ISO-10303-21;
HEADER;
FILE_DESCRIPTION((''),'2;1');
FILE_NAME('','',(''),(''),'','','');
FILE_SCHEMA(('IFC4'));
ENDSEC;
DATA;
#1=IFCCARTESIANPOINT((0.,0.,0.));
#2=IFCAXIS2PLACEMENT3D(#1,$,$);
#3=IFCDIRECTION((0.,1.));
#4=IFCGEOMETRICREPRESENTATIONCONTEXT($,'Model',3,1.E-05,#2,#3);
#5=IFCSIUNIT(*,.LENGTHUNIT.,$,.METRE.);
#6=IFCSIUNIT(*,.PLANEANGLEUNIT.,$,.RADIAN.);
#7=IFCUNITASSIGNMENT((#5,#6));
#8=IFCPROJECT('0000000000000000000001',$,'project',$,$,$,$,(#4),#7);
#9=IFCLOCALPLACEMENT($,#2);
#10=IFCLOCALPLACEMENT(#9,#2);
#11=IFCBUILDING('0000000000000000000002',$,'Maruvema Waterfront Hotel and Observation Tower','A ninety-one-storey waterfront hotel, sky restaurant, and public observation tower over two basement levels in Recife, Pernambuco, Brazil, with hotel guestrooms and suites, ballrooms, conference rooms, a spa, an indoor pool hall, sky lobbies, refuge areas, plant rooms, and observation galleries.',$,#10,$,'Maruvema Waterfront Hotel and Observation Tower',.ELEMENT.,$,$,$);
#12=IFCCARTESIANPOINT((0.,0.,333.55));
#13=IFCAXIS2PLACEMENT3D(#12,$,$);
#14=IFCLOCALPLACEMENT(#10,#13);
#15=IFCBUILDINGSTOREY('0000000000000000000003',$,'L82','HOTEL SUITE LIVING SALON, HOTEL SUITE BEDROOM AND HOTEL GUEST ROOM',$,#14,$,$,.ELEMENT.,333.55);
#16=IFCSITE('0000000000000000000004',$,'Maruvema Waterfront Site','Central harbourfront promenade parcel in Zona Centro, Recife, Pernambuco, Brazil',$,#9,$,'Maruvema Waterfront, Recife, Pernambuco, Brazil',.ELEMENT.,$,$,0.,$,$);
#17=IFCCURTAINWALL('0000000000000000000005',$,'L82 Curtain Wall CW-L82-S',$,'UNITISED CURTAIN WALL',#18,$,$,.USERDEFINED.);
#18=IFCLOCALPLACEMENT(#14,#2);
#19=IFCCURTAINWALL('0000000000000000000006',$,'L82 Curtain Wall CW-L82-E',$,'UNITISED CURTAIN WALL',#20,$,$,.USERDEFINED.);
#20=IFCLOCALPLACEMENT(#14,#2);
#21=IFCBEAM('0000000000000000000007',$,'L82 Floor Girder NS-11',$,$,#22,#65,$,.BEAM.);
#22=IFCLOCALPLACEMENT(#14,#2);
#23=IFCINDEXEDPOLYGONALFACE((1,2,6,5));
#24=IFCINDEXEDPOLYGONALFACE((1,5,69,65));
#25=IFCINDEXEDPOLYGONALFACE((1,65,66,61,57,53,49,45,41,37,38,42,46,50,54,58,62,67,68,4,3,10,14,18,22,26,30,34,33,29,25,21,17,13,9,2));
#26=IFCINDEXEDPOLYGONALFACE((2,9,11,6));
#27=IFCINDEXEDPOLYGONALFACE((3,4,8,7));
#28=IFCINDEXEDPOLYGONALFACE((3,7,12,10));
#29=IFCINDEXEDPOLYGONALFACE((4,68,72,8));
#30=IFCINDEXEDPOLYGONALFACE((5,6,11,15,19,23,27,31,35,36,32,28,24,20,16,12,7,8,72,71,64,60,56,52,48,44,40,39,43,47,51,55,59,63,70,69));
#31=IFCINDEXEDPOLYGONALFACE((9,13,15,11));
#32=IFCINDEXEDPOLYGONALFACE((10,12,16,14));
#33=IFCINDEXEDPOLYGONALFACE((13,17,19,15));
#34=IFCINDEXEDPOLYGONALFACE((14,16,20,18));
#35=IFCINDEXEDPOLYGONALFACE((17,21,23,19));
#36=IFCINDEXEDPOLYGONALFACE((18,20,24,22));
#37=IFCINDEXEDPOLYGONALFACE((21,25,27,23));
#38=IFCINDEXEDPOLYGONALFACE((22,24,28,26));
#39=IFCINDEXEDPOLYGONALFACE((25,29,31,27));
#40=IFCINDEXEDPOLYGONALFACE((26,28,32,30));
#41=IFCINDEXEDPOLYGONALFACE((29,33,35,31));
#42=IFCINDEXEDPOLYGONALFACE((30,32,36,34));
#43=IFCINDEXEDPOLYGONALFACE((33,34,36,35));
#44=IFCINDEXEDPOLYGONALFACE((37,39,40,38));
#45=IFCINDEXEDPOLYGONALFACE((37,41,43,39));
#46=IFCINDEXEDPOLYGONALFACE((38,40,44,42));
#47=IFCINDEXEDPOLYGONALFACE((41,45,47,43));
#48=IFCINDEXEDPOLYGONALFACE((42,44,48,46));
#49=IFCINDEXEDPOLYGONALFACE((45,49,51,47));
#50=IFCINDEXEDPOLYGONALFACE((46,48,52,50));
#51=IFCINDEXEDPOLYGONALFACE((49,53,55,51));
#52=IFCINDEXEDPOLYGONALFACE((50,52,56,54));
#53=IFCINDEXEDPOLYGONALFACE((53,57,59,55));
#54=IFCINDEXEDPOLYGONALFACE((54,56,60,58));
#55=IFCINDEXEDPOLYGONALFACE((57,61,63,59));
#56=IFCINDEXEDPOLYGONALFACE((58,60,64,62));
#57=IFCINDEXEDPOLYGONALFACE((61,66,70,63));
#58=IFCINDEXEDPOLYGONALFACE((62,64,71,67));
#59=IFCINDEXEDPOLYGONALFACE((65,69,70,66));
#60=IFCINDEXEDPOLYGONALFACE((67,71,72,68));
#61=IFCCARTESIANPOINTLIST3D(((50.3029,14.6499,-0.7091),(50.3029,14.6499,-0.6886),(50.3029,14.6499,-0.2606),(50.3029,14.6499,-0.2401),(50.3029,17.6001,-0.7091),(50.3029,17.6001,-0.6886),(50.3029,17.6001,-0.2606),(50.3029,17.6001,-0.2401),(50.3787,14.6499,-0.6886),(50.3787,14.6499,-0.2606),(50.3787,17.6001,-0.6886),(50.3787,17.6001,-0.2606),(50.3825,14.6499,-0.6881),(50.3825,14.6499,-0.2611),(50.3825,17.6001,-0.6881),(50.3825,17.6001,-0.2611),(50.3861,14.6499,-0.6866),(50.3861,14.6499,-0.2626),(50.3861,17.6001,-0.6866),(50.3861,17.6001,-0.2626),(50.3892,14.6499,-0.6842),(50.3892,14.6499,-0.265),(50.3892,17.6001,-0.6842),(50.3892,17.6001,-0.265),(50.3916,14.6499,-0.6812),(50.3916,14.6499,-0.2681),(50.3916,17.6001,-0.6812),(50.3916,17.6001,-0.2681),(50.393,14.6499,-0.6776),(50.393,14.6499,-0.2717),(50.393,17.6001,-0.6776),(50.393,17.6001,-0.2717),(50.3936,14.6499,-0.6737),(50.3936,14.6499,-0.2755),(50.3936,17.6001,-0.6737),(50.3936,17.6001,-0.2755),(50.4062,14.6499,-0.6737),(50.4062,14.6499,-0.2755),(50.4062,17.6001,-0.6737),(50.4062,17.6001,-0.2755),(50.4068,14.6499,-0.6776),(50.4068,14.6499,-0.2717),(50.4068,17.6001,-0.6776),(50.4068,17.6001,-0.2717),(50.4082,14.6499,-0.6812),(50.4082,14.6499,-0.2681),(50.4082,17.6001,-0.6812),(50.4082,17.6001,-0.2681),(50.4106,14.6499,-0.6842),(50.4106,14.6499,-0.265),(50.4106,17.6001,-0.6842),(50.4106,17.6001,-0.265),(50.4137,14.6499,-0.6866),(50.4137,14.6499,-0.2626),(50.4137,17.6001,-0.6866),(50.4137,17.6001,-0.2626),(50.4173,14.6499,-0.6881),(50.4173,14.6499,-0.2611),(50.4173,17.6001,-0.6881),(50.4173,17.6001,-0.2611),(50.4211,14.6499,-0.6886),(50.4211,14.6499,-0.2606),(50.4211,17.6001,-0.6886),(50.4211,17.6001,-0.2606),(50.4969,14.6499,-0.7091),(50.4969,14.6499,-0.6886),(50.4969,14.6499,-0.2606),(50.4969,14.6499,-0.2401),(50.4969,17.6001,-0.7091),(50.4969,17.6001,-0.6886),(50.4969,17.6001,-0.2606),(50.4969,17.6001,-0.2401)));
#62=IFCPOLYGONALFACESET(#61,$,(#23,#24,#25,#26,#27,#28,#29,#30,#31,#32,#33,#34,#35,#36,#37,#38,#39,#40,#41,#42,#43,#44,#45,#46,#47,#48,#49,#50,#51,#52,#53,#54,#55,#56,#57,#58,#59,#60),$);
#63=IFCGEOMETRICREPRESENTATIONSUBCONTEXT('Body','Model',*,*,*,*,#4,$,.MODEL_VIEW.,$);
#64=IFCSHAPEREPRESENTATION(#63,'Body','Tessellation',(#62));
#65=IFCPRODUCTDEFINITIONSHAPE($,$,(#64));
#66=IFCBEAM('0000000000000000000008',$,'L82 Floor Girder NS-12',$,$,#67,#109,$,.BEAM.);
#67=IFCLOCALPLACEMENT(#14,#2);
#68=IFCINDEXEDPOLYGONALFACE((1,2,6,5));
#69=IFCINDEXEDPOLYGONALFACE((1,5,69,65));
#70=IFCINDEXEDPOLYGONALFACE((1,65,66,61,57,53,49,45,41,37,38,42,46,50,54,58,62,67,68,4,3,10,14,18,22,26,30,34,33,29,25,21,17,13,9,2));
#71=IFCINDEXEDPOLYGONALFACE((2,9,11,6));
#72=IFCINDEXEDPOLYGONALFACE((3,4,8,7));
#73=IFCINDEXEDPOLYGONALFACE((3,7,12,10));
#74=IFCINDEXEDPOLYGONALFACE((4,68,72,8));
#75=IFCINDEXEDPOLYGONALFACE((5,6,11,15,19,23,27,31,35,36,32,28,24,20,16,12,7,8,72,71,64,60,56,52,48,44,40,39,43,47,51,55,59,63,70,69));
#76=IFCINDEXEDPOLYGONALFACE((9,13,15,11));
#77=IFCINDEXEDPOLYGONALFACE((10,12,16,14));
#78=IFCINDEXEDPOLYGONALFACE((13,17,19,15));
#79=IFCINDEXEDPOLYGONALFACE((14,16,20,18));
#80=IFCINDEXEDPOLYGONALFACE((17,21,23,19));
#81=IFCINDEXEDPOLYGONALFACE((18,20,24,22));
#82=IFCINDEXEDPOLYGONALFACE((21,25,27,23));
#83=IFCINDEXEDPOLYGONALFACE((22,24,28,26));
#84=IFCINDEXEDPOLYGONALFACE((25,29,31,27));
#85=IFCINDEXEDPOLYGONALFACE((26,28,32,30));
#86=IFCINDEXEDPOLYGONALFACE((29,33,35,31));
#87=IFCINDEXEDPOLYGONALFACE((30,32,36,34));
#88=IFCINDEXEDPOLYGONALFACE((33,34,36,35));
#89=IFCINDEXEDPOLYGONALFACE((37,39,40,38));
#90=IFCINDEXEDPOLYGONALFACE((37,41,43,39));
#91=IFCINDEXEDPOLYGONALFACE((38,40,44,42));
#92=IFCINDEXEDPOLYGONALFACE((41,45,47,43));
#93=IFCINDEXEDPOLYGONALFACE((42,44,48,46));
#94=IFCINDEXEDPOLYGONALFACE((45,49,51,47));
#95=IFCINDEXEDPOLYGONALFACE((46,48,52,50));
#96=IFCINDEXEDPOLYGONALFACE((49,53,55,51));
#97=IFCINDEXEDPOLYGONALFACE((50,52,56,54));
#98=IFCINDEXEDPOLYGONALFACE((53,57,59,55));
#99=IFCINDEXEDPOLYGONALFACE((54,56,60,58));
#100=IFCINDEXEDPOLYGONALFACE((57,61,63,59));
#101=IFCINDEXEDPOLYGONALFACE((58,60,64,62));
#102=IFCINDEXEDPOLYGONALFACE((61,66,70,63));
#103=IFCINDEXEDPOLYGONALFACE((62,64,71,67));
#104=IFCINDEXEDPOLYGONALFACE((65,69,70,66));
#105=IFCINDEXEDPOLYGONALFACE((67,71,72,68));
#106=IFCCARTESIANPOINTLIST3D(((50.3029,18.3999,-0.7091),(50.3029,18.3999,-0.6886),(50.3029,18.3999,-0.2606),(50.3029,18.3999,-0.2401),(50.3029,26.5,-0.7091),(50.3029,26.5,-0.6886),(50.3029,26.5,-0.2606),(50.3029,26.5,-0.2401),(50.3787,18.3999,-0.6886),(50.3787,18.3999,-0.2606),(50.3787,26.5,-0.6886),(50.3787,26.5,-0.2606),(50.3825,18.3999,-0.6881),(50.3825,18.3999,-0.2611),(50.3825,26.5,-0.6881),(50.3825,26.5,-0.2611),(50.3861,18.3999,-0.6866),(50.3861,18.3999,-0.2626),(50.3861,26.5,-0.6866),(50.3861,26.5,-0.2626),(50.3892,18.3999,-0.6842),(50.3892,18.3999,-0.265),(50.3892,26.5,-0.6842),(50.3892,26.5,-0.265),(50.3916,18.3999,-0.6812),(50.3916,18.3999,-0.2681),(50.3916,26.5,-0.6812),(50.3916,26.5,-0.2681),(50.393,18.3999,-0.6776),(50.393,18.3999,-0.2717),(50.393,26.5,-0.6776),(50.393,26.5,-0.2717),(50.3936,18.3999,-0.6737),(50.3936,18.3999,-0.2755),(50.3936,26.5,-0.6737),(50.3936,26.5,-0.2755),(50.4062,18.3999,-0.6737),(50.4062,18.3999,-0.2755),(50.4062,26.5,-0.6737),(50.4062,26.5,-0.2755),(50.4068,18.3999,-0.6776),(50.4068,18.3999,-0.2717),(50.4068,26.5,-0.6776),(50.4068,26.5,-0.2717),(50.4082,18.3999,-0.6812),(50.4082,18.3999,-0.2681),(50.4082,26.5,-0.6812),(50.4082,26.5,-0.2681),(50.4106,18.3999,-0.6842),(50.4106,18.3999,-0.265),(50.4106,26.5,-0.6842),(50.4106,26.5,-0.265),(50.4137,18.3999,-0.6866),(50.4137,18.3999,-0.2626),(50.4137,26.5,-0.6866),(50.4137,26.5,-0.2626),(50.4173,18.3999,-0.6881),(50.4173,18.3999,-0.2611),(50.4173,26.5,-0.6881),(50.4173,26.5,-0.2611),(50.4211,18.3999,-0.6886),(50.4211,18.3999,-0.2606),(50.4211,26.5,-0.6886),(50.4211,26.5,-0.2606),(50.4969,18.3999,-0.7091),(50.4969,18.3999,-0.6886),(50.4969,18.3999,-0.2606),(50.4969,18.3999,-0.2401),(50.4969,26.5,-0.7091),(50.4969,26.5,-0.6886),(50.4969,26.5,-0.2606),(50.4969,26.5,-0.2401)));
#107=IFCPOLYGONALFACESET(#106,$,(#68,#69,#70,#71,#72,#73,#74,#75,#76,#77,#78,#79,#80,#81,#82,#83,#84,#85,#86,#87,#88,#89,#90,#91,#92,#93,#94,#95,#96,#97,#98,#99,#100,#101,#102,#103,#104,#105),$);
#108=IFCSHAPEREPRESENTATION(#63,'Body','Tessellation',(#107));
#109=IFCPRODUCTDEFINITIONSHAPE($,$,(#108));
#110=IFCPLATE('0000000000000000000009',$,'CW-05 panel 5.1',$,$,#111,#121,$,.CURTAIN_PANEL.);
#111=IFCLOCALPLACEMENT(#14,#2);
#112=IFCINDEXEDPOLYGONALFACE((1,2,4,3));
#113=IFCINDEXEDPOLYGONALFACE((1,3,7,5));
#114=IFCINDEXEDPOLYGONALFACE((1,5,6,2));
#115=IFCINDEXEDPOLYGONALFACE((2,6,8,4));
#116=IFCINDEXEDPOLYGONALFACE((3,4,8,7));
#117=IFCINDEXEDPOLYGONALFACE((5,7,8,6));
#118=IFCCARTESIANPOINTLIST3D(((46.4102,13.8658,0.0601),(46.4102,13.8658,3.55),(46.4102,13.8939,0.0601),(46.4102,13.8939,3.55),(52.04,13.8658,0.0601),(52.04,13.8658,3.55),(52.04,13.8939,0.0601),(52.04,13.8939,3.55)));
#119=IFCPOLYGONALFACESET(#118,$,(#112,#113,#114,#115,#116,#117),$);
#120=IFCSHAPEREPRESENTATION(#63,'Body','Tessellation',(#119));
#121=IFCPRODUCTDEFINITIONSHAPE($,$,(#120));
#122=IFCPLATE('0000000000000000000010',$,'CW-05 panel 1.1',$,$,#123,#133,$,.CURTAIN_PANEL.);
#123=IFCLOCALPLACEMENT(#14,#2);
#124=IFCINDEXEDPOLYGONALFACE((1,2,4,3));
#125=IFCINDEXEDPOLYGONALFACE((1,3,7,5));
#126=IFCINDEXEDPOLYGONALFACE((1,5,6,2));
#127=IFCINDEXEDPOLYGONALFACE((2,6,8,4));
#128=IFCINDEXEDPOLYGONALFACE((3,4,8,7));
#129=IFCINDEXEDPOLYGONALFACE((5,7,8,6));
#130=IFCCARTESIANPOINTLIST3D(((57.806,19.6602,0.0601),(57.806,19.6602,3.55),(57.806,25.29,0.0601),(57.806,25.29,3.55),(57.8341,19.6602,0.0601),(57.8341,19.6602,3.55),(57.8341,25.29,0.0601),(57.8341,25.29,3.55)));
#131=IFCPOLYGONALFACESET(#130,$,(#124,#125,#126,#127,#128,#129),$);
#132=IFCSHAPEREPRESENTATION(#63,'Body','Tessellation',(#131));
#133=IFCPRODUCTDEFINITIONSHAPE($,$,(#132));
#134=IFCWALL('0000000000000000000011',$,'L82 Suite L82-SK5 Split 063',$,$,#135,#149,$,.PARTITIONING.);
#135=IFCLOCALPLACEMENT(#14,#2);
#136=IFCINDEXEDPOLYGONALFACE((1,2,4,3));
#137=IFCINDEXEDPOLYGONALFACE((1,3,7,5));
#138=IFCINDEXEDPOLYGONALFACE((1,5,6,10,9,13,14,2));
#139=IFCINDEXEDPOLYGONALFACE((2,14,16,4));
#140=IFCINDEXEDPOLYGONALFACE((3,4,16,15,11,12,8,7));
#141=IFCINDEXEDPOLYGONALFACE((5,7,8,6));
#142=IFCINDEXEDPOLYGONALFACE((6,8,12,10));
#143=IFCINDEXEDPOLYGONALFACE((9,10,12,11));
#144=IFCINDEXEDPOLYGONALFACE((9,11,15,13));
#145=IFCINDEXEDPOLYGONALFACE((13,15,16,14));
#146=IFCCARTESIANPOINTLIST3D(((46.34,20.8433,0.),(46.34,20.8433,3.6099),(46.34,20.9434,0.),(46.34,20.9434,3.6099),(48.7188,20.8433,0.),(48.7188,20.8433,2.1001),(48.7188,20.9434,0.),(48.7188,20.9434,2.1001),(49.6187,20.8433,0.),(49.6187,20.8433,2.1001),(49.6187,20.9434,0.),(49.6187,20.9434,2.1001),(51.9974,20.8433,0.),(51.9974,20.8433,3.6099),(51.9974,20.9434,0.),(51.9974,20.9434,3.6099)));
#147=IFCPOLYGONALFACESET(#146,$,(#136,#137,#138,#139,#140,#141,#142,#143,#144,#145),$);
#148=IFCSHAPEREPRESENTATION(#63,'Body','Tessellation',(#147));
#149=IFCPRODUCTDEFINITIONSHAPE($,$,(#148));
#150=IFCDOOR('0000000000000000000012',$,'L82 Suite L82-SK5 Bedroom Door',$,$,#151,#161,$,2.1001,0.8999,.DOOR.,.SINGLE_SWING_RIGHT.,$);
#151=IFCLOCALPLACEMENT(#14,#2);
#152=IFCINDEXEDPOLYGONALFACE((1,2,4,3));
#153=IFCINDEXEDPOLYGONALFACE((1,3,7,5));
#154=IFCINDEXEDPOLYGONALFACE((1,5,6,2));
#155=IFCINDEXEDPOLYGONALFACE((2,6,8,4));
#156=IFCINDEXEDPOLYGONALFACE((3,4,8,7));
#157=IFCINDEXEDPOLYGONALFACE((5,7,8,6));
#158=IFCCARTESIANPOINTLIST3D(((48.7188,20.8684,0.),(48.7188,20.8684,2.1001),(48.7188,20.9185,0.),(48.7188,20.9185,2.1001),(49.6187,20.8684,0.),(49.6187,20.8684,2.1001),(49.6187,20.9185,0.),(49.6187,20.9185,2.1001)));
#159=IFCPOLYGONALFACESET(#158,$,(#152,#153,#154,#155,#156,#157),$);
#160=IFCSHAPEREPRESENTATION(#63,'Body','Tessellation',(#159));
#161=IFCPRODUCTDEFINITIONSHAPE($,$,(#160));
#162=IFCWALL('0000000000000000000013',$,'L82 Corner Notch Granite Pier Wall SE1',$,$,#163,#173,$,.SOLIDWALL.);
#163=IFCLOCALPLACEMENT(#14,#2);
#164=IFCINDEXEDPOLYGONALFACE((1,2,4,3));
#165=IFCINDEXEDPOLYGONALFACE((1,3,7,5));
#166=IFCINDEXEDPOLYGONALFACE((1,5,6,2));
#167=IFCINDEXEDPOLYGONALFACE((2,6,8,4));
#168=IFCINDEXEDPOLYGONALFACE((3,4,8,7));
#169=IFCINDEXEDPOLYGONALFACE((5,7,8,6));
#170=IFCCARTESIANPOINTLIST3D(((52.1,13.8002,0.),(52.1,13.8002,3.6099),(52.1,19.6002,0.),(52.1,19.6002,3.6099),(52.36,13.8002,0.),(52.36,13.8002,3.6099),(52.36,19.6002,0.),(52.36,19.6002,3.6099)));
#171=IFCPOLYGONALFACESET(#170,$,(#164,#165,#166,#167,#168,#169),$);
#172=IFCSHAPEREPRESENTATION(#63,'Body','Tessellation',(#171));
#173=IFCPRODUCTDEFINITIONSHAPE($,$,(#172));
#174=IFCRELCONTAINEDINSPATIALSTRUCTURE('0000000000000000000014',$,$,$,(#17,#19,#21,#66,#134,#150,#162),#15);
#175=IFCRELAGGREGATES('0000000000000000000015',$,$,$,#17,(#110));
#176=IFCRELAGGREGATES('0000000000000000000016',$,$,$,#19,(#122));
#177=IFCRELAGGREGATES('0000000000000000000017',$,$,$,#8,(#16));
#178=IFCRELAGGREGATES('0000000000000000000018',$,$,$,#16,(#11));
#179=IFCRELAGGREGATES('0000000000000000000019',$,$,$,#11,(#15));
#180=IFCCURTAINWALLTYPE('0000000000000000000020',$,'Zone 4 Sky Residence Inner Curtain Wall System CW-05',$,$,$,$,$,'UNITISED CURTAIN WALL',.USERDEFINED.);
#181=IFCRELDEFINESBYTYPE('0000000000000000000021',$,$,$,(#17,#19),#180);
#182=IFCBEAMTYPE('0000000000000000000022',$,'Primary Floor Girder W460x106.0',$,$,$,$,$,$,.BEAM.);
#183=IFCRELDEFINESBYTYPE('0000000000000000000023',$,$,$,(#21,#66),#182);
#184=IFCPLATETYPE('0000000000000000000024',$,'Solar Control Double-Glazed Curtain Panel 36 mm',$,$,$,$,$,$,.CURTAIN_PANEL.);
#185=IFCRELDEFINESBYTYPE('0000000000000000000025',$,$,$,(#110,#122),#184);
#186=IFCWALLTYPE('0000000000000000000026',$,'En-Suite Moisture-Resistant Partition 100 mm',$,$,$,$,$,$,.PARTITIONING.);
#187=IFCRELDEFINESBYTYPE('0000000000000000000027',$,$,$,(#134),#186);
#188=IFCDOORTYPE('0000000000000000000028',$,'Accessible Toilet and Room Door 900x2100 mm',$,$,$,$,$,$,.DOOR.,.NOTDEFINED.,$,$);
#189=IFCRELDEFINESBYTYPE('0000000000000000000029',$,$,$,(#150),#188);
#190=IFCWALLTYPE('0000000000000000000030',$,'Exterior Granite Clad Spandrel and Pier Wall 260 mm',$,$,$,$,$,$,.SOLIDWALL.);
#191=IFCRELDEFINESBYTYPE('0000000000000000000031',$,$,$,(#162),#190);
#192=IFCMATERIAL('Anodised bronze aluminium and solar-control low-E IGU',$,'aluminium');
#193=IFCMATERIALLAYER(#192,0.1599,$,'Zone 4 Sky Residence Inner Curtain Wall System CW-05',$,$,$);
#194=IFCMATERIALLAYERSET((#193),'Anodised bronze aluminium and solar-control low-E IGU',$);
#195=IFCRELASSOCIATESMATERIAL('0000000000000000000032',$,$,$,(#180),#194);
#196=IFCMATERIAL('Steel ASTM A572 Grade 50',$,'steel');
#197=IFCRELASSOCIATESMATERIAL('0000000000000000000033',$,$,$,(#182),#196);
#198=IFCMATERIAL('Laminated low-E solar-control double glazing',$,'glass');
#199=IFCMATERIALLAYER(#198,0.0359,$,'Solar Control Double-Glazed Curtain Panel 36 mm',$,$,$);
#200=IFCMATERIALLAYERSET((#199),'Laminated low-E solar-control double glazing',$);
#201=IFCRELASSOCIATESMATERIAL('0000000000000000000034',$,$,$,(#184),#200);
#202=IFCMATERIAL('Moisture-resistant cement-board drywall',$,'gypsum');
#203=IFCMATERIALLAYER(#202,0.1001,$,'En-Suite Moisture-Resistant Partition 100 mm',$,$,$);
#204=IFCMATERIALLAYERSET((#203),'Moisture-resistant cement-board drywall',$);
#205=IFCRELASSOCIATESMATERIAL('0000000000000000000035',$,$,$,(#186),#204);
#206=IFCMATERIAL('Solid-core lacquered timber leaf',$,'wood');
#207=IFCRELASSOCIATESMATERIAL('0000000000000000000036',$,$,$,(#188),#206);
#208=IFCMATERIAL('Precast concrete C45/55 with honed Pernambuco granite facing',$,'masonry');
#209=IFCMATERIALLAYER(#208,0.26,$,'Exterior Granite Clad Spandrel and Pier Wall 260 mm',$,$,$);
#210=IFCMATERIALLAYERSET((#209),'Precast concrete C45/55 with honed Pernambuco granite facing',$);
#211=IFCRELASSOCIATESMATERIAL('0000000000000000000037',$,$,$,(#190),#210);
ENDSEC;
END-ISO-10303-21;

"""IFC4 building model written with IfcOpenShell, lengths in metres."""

from ifc_helpers import new_model, si_unit, direction, frame, frame_2d, origin, origin_2d, place, context, subcontext, project, spatial, rectangle, i_section, extrude, material, layer, layer_set, material_profile, profile_set, type_object, element, fill, aggregate, save


model = new_model("IFC4")

# Units and contexts
model_context = context("Model", 3, precision=1e-05, world=origin(), true_north=direction((0.0, 1.0)))
body_context = subcontext(model_context, "Body", "Model", "MODEL_VIEW")
ifc_project = project(units=[si_unit("LENGTHUNIT", "METRE"), si_unit("PLANEANGLEUNIT", "RADIAN")], contexts=[model_context])

# Site, building, storey
site_placement = place(None, origin())
site = spatial("IfcSite", under=ifc_project, at=site_placement, Name="Maruvema Waterfront Site", Description="Central harbourfront promenade parcel in Zona Centro, Recife, Pernambuco, Brazil", LongName="Maruvema Waterfront, Recife, Pernambuco, Brazil", CompositionType="ELEMENT", RefElevation=0.0)
building_placement = place(site_placement, origin())
building = spatial("IfcBuilding", under=site, at=building_placement, Name="Maruvema Waterfront Hotel and Observation Tower", Description="A ninety-one-storey waterfront hotel, sky restaurant, and public observation tower over two basement levels in Recife, Pernambuco, Brazil, with hotel guestrooms and suites, ballrooms, conference rooms, a spa, an indoor pool hall, sky lobbies, refuge areas, plant rooms, and observation galleries.", LongName="Maruvema Waterfront Hotel and Observation Tower", CompositionType="ELEMENT")
storey_placement = place(building_placement, frame((0.0, 0.0, 333.55)))
storey = spatial("IfcBuildingStorey", under=building, at=storey_placement, Name="L82", Description="HOTEL SUITE LIVING SALON, HOTEL SUITE BEDROOM AND HOTEL GUEST ROOM", CompositionType="ELEMENT", Elevation=333.55)

# Curtain walls
ifc_material_1 = material(Name="Anodised bronze aluminium and solar-control low-E IGU", Category="aluminium")
ifc_layer_1 = layer(ifc_material_1, 0.1599, Name="Zone 4 Sky Residence Inner Curtain Wall System CW-05")
ifc_layer_set_1 = layer_set([ifc_layer_1], Name="Anodised bronze aluminium and solar-control low-E IGU")
curtain_wall_type = type_object("IfcCurtainWallType", Name="Zone 4 Sky Residence Inner Curtain Wall System CW-05", ElementType="UNITISED CURTAIN WALL", PredefinedType="USERDEFINED", material=ifc_layer_set_1)
curtain_wall_1_placement = place(storey_placement, origin())
curtain_wall_1 = element("IfcCurtainWall", 1, at=curtain_wall_1_placement, inside=storey, type_object=curtain_wall_type, Name="L82 Curtain Wall CW-L82-S", ObjectType="UNITISED CURTAIN WALL", PredefinedType="USERDEFINED")
curtain_wall_2_placement = place(storey_placement, origin())
curtain_wall_2 = element("IfcCurtainWall", 2, at=curtain_wall_2_placement, inside=storey, type_object=curtain_wall_type, Name="L82 Curtain Wall CW-L82-E", ObjectType="UNITISED CURTAIN WALL", PredefinedType="USERDEFINED")

# Beams
ifc_material_2 = material(Name="Steel ASTM A572 Grade 50", Category="steel")
ifc_material_profile_1 = material_profile(ifc_material_2, i_section(OverallWidth=0.1941, OverallDepth=0.469, WebThickness=0.0127, FlangeThickness=0.0205, FilletRadius=0.0149, at=origin_2d()), Name="W460x106.0")
ifc_profile_set_1 = profile_set([ifc_material_profile_1], Name="Steel ASTM A572 Grade 50")
beam_type = type_object("IfcBeamType", Name="Primary Floor Girder W460x106.0", PredefinedType="BEAM", material=ifc_profile_set_1)
beam_1_placement = place(storey_placement, frame((50.3999, 14.6499, -0.4746), z_axis=(0.0, 1.0, 0.0), x_axis=(-1.0, 0.0, 0.0)))
element("IfcBeam", 3, at=beam_1_placement, inside=storey, type_object=beam_type, Name="L82 Floor Girder NS-11", PredefinedType="BEAM", context=body_context, shape_type="SweptSolid", body=[
    extrude(i_section(OverallWidth=0.1941, OverallDepth=0.469, WebThickness=0.0127, FlangeThickness=0.0205, FilletRadius=0.0149, at=origin_2d()), origin(), (0.0, 0.0, 1.0), 2.9502),
])
beam_2_placement = place(storey_placement, frame((50.3999, 18.3999, -0.4746), z_axis=(0.0, 1.0, 0.0), x_axis=(-1.0, 0.0, 0.0)))
element("IfcBeam", 4, at=beam_2_placement, inside=storey, type_object=beam_type, Name="L82 Floor Girder NS-12", PredefinedType="BEAM", context=body_context, shape_type="SweptSolid", body=[
    extrude(i_section(OverallWidth=0.1941, OverallDepth=0.469, WebThickness=0.0127, FlangeThickness=0.0205, FilletRadius=0.0149, at=origin_2d()), origin(), (0.0, 0.0, 1.0), 8.1001),
])

# Plates
ifc_material_3 = material(Name="Laminated low-E solar-control double glazing", Category="glass")
ifc_layer_2 = layer(ifc_material_3, 0.0359, Name="Solar Control Double-Glazed Curtain Panel 36 mm")
ifc_layer_set_2 = layer_set([ifc_layer_2], Name="Laminated low-E solar-control double glazing")
plate_type = type_object("IfcPlateType", Name="Solar Control Double-Glazed Curtain Panel 36 mm", PredefinedType="CURTAIN_PANEL", material=ifc_layer_set_2)
plate_1_placement = place(storey_placement, frame((49.2251, 13.8799, 0.0601), z_axis=(0.0, 0.0, 1.0), x_axis=(1.0, 0.0, 0.0)))
plate_1 = element("IfcPlate", 5, at=plate_1_placement, type_object=plate_type, Name="CW-05 panel 5.1", PredefinedType="CURTAIN_PANEL", context=body_context, shape_type="SweptSolid", body=[
    extrude(rectangle(XDim=5.6299, YDim=0.0281, at=origin_2d()), origin(), (0.0, 0.0, 1.0), 3.49),
])
aggregate(curtain_wall_1, [plate_1])
plate_2_placement = place(storey_placement, frame((57.8201, 22.4751, 0.0601), z_axis=(0.0, 0.0, 1.0), x_axis=(0.0, 1.0, 0.0)))
plate_2 = element("IfcPlate", 6, at=plate_2_placement, type_object=plate_type, Name="CW-05 panel 1.1", PredefinedType="CURTAIN_PANEL", context=body_context, shape_type="SweptSolid", body=[
    extrude(rectangle(XDim=5.6299, YDim=0.0281, at=origin_2d()), origin(), (0.0, 0.0, 1.0), 3.49),
])
aggregate(curtain_wall_2, [plate_2])

# Wall, opening, door
ifc_material_4 = material(Name="Moisture-resistant cement-board drywall", Category="gypsum")
ifc_layer_3 = layer(ifc_material_4, 0.1001, Name="En-Suite Moisture-Resistant Partition 100 mm")
ifc_layer_set_3 = layer_set([ifc_layer_3], Name="Moisture-resistant cement-board drywall")
wall_type_1 = type_object("IfcWallType", Name="En-Suite Moisture-Resistant Partition 100 mm", PredefinedType="PARTITIONING", material=ifc_layer_set_3)
wall_1_placement = place(storey_placement, frame((46.3401, 20.8933, 0.0), z_axis=(0.0, 0.0, 1.0), x_axis=(1.0, 0.0, 0.0)))
wall_1 = element("IfcWall", 7, at=wall_1_placement, inside=storey, type_object=wall_type_1, Name="L82 Suite L82-SK5 Split 063", PredefinedType="PARTITIONING", context=body_context, shape_type="SweptSolid", body=[
    extrude(rectangle(XDim=5.6575, YDim=0.1001, at=frame_2d((2.8286, 0.0))), origin(), (0.0, 0.0, 1.0), 3.6099),
])
opening_1_placement = place(wall_1_placement, frame((2.3787, 0.0, 0.0)))
opening_1 = element("IfcOpeningElement", 8, at=opening_1_placement, cuts=wall_1, PredefinedType="OPENING", context=body_context, shape_type="SweptSolid", body=[
    extrude(rectangle(XDim=0.8999, YDim=2.1001, at=frame_2d((0.45, 1.05))), frame((0.0, 0.0601, 0.0), z_axis=(0.0, -1.0, 0.0), x_axis=(1.0, 0.0, 0.0)), (0.0, 0.0, 1.0), 0.1201),
])
ifc_material_5 = material(Name="Solid-core lacquered timber leaf", Category="wood")
door_type = type_object("IfcDoorType", Name="Accessible Toilet and Room Door 900x2100 mm", OperationType="NOTDEFINED", PredefinedType="DOOR", material=ifc_material_5)
door_placement = place(opening_1_placement, frame((0.8999, 0.0, 0.0), z_axis=(0.0, 0.0, 1.0), x_axis=(-1.0, 0.0, 0.0)))
door = element("IfcDoor", 9, at=door_placement, inside=storey, type_object=door_type, Name="L82 Suite L82-SK5 Bedroom Door", OperationType="SINGLE_SWING_RIGHT", OverallHeight=2.1001, OverallWidth=0.8999, PredefinedType="DOOR", context=body_context, shape_type="SweptSolid", body=[
    extrude(rectangle(XDim=0.8999, YDim=2.1001, at=frame_2d((0.45, 1.05))), frame((0.0, 0.0249, 0.0), z_axis=(0.0, -1.0, 0.0), x_axis=(1.0, 0.0, 0.0)), (0.0, 0.0, 1.0), 0.05),
])
fill(opening_1, door)

# Wall
ifc_material_6 = material(Name="Precast concrete C45/55 with honed Pernambuco granite facing", Category="masonry")
ifc_layer_4 = layer(ifc_material_6, 0.26, Name="Exterior Granite Clad Spandrel and Pier Wall 260 mm")
ifc_layer_set_4 = layer_set([ifc_layer_4], Name="Precast concrete C45/55 with honed Pernambuco granite facing")
wall_type_2 = type_object("IfcWallType", Name="Exterior Granite Clad Spandrel and Pier Wall 260 mm", PredefinedType="SOLIDWALL", material=ifc_layer_set_4)
wall_2_placement = place(storey_placement, frame((52.23, 19.6001, 0.0), z_axis=(0.0, 0.0, 1.0), x_axis=(0.0, -1.0, 0.0)))
element("IfcWall", 10, at=wall_2_placement, inside=storey, type_object=wall_type_2, Name="L82 Corner Notch Granite Pier Wall SE1", PredefinedType="SOLIDWALL", context=body_context, shape_type="SweptSolid", body=[
    extrude(rectangle(XDim=5.8, YDim=0.26, at=frame_2d((2.8999, 0.0))), origin(), (0.0, 0.0, 1.0), 3.6099),
])

save(model, "model.ifc")
